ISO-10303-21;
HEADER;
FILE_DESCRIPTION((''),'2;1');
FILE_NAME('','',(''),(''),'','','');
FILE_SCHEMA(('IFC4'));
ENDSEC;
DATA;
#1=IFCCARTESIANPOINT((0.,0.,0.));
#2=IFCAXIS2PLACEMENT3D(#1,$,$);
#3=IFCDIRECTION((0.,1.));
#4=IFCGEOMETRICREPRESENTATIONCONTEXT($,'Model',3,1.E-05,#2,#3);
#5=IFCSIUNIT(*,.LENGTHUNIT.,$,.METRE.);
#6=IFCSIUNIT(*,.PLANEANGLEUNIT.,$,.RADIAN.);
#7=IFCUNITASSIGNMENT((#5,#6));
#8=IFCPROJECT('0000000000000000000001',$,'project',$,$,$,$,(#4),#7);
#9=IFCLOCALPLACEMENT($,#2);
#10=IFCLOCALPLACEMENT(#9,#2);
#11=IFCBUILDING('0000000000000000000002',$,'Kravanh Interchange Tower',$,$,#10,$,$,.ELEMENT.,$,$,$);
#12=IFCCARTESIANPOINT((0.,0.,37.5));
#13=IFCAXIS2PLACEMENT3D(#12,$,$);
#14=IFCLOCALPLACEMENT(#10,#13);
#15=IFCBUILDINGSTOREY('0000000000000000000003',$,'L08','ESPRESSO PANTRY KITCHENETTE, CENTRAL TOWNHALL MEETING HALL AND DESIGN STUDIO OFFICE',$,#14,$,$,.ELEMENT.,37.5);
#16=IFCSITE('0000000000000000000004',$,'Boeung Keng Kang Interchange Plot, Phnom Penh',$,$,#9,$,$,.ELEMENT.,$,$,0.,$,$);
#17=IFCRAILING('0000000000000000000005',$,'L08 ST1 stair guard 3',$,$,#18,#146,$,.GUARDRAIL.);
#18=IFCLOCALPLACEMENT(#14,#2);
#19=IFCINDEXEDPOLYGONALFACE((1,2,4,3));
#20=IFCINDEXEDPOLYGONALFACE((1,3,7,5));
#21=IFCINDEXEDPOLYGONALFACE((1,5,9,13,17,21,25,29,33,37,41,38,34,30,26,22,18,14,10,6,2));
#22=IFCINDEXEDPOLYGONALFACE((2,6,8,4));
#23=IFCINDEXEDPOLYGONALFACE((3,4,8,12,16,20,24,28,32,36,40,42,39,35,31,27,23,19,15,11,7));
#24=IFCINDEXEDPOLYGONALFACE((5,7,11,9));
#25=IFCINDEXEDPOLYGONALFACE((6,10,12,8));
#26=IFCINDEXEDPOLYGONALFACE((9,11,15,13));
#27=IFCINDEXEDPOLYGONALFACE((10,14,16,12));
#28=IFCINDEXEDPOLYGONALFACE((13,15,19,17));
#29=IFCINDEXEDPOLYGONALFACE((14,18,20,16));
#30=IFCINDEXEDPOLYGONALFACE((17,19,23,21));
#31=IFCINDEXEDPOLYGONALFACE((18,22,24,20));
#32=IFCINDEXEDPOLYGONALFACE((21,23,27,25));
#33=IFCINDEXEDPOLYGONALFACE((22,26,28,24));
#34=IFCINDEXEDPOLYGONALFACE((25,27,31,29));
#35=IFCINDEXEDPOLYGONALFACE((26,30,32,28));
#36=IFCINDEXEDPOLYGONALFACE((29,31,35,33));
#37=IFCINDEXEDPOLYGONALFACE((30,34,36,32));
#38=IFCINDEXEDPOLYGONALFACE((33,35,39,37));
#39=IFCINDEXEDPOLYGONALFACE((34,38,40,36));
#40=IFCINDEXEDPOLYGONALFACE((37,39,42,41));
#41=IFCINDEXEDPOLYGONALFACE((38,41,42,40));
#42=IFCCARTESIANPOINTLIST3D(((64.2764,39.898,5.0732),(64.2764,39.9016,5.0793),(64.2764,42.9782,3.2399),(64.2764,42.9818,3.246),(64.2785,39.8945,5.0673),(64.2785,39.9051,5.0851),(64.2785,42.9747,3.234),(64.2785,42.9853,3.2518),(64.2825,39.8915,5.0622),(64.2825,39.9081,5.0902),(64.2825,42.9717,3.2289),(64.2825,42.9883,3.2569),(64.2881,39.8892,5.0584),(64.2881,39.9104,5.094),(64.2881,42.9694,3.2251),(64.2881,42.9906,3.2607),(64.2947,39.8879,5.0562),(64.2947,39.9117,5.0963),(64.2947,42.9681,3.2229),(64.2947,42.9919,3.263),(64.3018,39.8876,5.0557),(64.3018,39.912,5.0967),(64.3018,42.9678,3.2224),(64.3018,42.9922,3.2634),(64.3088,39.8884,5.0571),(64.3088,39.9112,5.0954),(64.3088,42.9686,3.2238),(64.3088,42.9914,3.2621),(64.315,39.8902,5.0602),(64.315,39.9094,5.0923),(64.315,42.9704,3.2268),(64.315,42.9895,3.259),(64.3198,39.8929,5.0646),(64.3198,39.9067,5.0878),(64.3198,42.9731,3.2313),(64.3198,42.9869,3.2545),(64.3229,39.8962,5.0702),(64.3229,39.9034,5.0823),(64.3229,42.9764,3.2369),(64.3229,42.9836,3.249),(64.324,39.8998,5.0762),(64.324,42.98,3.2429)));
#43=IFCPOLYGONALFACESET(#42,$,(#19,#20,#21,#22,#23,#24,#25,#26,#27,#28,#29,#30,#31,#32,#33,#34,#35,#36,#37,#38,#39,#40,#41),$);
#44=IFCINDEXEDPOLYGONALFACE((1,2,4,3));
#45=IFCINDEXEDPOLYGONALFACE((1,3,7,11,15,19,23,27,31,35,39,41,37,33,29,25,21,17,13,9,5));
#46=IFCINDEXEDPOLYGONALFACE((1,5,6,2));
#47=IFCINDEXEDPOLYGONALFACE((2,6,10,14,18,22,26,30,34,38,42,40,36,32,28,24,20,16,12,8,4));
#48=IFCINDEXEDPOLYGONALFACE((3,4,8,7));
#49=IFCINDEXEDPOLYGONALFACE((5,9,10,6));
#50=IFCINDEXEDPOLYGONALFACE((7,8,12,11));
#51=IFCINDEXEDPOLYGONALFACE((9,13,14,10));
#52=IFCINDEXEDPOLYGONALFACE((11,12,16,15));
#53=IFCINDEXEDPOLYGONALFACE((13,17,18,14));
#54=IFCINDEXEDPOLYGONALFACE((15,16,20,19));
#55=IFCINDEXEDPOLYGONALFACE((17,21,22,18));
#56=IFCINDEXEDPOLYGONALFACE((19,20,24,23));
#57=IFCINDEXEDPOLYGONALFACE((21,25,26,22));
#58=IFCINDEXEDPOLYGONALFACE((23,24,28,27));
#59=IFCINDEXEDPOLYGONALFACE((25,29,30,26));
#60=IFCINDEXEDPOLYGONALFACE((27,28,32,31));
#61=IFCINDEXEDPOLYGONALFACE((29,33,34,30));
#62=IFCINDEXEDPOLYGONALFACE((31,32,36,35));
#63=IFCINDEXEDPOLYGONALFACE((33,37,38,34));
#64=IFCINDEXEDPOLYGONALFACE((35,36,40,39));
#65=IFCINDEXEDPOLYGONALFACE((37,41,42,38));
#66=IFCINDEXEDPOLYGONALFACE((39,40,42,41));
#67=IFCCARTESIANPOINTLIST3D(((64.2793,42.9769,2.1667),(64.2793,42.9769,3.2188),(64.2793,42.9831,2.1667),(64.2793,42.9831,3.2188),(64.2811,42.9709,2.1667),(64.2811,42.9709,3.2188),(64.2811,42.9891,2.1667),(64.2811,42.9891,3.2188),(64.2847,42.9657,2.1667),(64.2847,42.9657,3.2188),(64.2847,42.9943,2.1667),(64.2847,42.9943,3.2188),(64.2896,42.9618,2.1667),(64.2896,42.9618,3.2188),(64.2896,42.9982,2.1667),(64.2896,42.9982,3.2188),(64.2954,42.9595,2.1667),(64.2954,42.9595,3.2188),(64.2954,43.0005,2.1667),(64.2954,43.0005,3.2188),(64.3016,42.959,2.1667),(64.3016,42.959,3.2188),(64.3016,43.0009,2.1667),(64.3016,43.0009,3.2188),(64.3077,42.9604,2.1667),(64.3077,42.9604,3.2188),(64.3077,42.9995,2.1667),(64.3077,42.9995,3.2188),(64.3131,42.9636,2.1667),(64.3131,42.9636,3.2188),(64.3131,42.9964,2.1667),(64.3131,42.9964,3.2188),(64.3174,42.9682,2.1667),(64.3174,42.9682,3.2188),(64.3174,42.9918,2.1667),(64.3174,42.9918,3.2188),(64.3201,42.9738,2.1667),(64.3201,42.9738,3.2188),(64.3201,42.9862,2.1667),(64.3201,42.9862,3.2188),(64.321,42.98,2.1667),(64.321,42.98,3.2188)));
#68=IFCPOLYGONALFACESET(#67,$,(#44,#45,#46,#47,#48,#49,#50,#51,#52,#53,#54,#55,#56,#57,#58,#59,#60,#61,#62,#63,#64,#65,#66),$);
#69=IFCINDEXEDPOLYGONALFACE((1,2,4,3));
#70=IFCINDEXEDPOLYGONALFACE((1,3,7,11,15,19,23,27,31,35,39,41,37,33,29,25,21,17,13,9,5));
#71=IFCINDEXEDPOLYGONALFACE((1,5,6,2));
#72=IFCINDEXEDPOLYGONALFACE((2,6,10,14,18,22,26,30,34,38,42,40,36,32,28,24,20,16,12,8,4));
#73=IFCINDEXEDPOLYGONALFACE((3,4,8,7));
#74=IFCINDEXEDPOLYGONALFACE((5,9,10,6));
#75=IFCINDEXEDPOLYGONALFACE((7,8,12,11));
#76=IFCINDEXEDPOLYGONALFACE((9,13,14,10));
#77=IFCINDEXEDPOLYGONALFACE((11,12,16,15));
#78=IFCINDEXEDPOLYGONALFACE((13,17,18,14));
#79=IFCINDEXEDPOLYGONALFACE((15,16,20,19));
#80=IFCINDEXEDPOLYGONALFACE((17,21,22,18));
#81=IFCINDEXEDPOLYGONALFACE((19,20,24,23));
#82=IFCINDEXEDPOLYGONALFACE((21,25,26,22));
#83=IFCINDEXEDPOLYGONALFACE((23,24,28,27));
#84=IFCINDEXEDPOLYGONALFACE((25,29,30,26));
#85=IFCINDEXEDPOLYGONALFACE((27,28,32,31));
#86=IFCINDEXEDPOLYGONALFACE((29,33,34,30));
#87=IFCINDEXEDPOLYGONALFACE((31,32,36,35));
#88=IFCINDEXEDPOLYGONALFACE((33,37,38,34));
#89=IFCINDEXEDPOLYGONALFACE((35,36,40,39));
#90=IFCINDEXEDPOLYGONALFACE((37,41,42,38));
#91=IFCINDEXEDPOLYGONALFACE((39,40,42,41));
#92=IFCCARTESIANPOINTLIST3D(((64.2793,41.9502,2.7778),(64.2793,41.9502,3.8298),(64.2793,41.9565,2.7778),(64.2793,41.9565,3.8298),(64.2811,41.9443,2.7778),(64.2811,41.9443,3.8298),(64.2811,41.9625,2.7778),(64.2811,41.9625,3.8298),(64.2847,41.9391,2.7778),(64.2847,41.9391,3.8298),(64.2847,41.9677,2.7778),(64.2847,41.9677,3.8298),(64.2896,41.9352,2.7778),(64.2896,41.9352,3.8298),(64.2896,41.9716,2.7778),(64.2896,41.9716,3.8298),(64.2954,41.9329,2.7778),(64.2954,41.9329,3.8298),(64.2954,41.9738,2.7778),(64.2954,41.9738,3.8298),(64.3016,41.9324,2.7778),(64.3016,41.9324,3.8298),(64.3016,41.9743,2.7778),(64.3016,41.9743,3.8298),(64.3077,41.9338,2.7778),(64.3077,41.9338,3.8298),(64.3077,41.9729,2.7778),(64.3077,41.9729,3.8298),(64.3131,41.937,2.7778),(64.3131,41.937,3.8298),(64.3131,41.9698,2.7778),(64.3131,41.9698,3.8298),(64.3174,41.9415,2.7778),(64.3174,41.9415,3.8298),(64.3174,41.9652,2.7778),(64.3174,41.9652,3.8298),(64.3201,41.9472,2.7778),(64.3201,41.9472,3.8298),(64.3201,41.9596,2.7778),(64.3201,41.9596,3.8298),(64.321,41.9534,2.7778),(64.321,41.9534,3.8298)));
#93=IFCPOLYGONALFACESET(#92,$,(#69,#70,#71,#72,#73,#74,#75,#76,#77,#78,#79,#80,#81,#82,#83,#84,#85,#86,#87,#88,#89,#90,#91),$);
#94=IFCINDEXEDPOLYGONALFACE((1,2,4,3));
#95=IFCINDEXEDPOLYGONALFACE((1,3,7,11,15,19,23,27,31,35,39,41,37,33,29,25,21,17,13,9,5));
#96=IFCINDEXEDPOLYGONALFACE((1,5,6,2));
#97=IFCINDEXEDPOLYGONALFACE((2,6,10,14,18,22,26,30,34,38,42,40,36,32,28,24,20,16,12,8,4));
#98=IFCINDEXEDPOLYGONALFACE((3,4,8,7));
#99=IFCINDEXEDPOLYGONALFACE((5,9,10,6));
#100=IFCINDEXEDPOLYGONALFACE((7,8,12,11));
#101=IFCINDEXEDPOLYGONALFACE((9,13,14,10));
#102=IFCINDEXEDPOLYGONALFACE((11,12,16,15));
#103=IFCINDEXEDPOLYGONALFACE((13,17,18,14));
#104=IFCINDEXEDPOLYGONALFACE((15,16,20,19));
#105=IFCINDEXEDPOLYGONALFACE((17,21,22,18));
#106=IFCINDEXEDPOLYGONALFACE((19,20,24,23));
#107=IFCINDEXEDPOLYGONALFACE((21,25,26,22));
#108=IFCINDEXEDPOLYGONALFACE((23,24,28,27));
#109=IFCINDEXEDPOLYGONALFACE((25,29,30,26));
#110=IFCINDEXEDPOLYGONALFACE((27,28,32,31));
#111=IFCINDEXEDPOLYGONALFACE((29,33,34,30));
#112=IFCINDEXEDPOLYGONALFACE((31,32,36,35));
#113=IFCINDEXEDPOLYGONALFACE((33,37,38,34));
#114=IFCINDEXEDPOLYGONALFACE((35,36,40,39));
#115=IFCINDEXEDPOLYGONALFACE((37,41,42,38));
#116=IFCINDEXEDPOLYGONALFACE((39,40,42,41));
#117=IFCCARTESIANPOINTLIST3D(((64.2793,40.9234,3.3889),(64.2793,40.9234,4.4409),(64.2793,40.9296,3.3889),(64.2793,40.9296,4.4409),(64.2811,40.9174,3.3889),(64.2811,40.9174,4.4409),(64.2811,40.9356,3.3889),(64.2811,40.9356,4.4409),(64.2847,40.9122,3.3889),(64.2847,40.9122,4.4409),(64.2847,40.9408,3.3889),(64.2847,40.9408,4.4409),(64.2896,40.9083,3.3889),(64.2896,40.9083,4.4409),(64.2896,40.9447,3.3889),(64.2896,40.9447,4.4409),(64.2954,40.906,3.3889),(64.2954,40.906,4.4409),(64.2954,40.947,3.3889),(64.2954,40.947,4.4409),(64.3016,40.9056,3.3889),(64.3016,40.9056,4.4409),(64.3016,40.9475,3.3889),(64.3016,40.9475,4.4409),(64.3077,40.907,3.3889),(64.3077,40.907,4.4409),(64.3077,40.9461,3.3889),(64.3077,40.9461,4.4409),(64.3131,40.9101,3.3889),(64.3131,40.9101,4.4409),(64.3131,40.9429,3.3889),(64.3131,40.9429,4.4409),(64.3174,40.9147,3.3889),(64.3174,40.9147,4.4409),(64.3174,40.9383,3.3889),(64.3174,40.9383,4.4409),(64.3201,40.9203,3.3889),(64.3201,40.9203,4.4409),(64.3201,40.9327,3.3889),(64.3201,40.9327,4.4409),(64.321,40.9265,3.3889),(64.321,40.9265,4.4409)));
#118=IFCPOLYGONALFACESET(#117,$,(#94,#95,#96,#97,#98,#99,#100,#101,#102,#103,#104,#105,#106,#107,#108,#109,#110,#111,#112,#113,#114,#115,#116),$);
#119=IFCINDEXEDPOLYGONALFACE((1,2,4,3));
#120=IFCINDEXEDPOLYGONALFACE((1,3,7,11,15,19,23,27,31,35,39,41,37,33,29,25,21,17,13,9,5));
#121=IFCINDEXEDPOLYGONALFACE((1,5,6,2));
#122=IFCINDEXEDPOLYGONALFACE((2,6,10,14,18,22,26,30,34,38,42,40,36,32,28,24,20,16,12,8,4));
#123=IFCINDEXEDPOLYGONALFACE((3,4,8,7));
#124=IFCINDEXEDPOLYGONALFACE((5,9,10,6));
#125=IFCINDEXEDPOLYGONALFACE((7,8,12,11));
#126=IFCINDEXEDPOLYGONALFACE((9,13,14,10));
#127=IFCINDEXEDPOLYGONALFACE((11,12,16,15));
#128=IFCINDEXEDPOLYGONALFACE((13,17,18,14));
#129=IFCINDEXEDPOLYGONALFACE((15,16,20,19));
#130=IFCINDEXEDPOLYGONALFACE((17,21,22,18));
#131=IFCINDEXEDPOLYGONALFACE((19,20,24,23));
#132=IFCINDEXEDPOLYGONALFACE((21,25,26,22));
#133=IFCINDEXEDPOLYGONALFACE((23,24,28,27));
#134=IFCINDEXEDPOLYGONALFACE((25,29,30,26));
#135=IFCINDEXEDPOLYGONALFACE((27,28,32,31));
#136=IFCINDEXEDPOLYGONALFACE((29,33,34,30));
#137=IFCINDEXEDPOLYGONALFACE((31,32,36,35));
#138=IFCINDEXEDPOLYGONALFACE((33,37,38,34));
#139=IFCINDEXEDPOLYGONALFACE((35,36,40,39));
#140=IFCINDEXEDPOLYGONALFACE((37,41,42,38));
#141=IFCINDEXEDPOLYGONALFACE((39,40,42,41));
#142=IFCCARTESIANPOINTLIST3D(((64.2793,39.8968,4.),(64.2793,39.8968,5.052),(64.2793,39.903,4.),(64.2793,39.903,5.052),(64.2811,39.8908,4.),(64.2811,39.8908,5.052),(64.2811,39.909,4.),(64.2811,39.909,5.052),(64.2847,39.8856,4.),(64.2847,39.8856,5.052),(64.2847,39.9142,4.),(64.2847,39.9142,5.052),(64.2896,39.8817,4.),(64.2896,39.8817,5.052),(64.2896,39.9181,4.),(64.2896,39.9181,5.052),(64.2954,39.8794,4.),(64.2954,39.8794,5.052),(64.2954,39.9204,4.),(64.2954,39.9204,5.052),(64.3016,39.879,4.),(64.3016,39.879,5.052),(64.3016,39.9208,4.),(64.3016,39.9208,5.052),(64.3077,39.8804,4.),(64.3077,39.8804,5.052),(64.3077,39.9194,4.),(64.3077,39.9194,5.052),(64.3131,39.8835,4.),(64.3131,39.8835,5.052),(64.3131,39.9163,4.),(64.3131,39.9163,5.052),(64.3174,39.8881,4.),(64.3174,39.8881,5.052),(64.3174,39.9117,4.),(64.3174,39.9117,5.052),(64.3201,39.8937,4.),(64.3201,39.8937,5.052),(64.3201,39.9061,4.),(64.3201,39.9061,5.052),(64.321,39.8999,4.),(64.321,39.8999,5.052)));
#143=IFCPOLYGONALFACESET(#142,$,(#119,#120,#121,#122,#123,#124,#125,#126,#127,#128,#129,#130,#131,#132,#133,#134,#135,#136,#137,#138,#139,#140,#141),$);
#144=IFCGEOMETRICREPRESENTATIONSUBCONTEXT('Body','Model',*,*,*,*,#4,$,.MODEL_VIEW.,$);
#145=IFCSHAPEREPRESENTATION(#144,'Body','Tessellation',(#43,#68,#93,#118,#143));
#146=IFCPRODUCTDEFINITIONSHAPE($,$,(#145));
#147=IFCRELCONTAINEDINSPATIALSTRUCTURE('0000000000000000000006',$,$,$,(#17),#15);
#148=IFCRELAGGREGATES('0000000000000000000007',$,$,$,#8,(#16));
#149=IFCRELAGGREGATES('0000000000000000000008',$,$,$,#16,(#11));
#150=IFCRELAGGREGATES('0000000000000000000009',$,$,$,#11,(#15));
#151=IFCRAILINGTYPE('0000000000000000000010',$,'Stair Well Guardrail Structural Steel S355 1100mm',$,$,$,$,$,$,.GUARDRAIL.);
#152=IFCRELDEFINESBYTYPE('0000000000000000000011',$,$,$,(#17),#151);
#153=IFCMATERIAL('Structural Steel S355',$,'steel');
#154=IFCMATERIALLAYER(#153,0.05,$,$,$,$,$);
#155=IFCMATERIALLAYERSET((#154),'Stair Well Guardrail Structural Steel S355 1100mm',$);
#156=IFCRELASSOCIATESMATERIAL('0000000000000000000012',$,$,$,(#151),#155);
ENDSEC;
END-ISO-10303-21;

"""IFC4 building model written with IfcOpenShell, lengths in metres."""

from ifc_helpers import new_model, si_unit, direction, frame, origin, origin_2d, place, context, subcontext, project, spatial, circle, extrude, material, layer, layer_set, type_object, element, save


model = new_model("IFC4")

# Units and contexts
model_context = context("Model", 3, precision=1e-05, world=origin(), true_north=direction((0.0, 1.0)))
body_context = subcontext(model_context, "Body", "Model", "MODEL_VIEW")
ifc_project = project(units=[si_unit("LENGTHUNIT", "METRE"), si_unit("PLANEANGLEUNIT", "RADIAN")], contexts=[model_context])

# Site, building, storey
site_placement = place(None, origin())
site = spatial("IfcSite", under=ifc_project, at=site_placement, Name="Boeung Keng Kang Interchange Plot, Phnom Penh", CompositionType="ELEMENT", RefElevation=0.0)
building_placement = place(site_placement, origin())
building = spatial("IfcBuilding", under=site, at=building_placement, Name="Kravanh Interchange Tower", CompositionType="ELEMENT")
storey_placement = place(building_placement, frame((0.0, 0.0, 37.5)))
storey = spatial("IfcBuildingStorey", under=building, at=storey_placement, Name="L08", Description="ESPRESSO PANTRY KITCHENETTE, CENTRAL TOWNHALL MEETING HALL AND DESIGN STUDIO OFFICE", CompositionType="ELEMENT", Elevation=37.5)

# Railing
ifc_material_1 = material(Name="Structural Steel S355", Category="steel")
ifc_layer_1 = layer(ifc_material_1, 0.05)
ifc_layer_set_1 = layer_set([ifc_layer_1], Name="Stair Well Guardrail Structural Steel S355 1100mm")
railing_type_1 = type_object("IfcRailingType", Name="Stair Well Guardrail Structural Steel S355 1100mm", PredefinedType="GUARDRAIL", material=ifc_layer_set_1)
railing_1_placement = place(storey_placement, frame((64.3, 42.98, 2.1667)))
element("IfcRailing", 1, at=railing_1_placement, inside=storey, type_object=railing_type_1, Name="L08 ST1 stair guard 3", PredefinedType="GUARDRAIL", context=body_context, shape_type="SweptSolid", body=[
    extrude(circle(Radius=0.0239, at=origin_2d()), frame((0.0, 0.0, 1.0762), z_axis=(0.0, -0.859309, 0.511458), x_axis=(1.0, 0.0, 0.0)), (0.0, 0.0, 1.0), 3.5845),
    extrude(circle(Radius=0.021, at=origin_2d()), origin(), (0.0, 0.0, 1.0), 1.052),
    extrude(circle(Radius=0.021, at=origin_2d()), frame((0.0, -1.0266, 0.6111)), (0.0, 0.0, 1.0), 1.052),
    extrude(circle(Radius=0.021, at=origin_2d()), frame((0.0, -2.0535, 1.2222)), (0.0, 0.0, 1.0), 1.052),
    extrude(circle(Radius=0.021, at=origin_2d()), frame((0.0, -3.0801, 1.8333)), (0.0, 0.0, 1.0), 1.052),
])

save(model, "model.ifc")
